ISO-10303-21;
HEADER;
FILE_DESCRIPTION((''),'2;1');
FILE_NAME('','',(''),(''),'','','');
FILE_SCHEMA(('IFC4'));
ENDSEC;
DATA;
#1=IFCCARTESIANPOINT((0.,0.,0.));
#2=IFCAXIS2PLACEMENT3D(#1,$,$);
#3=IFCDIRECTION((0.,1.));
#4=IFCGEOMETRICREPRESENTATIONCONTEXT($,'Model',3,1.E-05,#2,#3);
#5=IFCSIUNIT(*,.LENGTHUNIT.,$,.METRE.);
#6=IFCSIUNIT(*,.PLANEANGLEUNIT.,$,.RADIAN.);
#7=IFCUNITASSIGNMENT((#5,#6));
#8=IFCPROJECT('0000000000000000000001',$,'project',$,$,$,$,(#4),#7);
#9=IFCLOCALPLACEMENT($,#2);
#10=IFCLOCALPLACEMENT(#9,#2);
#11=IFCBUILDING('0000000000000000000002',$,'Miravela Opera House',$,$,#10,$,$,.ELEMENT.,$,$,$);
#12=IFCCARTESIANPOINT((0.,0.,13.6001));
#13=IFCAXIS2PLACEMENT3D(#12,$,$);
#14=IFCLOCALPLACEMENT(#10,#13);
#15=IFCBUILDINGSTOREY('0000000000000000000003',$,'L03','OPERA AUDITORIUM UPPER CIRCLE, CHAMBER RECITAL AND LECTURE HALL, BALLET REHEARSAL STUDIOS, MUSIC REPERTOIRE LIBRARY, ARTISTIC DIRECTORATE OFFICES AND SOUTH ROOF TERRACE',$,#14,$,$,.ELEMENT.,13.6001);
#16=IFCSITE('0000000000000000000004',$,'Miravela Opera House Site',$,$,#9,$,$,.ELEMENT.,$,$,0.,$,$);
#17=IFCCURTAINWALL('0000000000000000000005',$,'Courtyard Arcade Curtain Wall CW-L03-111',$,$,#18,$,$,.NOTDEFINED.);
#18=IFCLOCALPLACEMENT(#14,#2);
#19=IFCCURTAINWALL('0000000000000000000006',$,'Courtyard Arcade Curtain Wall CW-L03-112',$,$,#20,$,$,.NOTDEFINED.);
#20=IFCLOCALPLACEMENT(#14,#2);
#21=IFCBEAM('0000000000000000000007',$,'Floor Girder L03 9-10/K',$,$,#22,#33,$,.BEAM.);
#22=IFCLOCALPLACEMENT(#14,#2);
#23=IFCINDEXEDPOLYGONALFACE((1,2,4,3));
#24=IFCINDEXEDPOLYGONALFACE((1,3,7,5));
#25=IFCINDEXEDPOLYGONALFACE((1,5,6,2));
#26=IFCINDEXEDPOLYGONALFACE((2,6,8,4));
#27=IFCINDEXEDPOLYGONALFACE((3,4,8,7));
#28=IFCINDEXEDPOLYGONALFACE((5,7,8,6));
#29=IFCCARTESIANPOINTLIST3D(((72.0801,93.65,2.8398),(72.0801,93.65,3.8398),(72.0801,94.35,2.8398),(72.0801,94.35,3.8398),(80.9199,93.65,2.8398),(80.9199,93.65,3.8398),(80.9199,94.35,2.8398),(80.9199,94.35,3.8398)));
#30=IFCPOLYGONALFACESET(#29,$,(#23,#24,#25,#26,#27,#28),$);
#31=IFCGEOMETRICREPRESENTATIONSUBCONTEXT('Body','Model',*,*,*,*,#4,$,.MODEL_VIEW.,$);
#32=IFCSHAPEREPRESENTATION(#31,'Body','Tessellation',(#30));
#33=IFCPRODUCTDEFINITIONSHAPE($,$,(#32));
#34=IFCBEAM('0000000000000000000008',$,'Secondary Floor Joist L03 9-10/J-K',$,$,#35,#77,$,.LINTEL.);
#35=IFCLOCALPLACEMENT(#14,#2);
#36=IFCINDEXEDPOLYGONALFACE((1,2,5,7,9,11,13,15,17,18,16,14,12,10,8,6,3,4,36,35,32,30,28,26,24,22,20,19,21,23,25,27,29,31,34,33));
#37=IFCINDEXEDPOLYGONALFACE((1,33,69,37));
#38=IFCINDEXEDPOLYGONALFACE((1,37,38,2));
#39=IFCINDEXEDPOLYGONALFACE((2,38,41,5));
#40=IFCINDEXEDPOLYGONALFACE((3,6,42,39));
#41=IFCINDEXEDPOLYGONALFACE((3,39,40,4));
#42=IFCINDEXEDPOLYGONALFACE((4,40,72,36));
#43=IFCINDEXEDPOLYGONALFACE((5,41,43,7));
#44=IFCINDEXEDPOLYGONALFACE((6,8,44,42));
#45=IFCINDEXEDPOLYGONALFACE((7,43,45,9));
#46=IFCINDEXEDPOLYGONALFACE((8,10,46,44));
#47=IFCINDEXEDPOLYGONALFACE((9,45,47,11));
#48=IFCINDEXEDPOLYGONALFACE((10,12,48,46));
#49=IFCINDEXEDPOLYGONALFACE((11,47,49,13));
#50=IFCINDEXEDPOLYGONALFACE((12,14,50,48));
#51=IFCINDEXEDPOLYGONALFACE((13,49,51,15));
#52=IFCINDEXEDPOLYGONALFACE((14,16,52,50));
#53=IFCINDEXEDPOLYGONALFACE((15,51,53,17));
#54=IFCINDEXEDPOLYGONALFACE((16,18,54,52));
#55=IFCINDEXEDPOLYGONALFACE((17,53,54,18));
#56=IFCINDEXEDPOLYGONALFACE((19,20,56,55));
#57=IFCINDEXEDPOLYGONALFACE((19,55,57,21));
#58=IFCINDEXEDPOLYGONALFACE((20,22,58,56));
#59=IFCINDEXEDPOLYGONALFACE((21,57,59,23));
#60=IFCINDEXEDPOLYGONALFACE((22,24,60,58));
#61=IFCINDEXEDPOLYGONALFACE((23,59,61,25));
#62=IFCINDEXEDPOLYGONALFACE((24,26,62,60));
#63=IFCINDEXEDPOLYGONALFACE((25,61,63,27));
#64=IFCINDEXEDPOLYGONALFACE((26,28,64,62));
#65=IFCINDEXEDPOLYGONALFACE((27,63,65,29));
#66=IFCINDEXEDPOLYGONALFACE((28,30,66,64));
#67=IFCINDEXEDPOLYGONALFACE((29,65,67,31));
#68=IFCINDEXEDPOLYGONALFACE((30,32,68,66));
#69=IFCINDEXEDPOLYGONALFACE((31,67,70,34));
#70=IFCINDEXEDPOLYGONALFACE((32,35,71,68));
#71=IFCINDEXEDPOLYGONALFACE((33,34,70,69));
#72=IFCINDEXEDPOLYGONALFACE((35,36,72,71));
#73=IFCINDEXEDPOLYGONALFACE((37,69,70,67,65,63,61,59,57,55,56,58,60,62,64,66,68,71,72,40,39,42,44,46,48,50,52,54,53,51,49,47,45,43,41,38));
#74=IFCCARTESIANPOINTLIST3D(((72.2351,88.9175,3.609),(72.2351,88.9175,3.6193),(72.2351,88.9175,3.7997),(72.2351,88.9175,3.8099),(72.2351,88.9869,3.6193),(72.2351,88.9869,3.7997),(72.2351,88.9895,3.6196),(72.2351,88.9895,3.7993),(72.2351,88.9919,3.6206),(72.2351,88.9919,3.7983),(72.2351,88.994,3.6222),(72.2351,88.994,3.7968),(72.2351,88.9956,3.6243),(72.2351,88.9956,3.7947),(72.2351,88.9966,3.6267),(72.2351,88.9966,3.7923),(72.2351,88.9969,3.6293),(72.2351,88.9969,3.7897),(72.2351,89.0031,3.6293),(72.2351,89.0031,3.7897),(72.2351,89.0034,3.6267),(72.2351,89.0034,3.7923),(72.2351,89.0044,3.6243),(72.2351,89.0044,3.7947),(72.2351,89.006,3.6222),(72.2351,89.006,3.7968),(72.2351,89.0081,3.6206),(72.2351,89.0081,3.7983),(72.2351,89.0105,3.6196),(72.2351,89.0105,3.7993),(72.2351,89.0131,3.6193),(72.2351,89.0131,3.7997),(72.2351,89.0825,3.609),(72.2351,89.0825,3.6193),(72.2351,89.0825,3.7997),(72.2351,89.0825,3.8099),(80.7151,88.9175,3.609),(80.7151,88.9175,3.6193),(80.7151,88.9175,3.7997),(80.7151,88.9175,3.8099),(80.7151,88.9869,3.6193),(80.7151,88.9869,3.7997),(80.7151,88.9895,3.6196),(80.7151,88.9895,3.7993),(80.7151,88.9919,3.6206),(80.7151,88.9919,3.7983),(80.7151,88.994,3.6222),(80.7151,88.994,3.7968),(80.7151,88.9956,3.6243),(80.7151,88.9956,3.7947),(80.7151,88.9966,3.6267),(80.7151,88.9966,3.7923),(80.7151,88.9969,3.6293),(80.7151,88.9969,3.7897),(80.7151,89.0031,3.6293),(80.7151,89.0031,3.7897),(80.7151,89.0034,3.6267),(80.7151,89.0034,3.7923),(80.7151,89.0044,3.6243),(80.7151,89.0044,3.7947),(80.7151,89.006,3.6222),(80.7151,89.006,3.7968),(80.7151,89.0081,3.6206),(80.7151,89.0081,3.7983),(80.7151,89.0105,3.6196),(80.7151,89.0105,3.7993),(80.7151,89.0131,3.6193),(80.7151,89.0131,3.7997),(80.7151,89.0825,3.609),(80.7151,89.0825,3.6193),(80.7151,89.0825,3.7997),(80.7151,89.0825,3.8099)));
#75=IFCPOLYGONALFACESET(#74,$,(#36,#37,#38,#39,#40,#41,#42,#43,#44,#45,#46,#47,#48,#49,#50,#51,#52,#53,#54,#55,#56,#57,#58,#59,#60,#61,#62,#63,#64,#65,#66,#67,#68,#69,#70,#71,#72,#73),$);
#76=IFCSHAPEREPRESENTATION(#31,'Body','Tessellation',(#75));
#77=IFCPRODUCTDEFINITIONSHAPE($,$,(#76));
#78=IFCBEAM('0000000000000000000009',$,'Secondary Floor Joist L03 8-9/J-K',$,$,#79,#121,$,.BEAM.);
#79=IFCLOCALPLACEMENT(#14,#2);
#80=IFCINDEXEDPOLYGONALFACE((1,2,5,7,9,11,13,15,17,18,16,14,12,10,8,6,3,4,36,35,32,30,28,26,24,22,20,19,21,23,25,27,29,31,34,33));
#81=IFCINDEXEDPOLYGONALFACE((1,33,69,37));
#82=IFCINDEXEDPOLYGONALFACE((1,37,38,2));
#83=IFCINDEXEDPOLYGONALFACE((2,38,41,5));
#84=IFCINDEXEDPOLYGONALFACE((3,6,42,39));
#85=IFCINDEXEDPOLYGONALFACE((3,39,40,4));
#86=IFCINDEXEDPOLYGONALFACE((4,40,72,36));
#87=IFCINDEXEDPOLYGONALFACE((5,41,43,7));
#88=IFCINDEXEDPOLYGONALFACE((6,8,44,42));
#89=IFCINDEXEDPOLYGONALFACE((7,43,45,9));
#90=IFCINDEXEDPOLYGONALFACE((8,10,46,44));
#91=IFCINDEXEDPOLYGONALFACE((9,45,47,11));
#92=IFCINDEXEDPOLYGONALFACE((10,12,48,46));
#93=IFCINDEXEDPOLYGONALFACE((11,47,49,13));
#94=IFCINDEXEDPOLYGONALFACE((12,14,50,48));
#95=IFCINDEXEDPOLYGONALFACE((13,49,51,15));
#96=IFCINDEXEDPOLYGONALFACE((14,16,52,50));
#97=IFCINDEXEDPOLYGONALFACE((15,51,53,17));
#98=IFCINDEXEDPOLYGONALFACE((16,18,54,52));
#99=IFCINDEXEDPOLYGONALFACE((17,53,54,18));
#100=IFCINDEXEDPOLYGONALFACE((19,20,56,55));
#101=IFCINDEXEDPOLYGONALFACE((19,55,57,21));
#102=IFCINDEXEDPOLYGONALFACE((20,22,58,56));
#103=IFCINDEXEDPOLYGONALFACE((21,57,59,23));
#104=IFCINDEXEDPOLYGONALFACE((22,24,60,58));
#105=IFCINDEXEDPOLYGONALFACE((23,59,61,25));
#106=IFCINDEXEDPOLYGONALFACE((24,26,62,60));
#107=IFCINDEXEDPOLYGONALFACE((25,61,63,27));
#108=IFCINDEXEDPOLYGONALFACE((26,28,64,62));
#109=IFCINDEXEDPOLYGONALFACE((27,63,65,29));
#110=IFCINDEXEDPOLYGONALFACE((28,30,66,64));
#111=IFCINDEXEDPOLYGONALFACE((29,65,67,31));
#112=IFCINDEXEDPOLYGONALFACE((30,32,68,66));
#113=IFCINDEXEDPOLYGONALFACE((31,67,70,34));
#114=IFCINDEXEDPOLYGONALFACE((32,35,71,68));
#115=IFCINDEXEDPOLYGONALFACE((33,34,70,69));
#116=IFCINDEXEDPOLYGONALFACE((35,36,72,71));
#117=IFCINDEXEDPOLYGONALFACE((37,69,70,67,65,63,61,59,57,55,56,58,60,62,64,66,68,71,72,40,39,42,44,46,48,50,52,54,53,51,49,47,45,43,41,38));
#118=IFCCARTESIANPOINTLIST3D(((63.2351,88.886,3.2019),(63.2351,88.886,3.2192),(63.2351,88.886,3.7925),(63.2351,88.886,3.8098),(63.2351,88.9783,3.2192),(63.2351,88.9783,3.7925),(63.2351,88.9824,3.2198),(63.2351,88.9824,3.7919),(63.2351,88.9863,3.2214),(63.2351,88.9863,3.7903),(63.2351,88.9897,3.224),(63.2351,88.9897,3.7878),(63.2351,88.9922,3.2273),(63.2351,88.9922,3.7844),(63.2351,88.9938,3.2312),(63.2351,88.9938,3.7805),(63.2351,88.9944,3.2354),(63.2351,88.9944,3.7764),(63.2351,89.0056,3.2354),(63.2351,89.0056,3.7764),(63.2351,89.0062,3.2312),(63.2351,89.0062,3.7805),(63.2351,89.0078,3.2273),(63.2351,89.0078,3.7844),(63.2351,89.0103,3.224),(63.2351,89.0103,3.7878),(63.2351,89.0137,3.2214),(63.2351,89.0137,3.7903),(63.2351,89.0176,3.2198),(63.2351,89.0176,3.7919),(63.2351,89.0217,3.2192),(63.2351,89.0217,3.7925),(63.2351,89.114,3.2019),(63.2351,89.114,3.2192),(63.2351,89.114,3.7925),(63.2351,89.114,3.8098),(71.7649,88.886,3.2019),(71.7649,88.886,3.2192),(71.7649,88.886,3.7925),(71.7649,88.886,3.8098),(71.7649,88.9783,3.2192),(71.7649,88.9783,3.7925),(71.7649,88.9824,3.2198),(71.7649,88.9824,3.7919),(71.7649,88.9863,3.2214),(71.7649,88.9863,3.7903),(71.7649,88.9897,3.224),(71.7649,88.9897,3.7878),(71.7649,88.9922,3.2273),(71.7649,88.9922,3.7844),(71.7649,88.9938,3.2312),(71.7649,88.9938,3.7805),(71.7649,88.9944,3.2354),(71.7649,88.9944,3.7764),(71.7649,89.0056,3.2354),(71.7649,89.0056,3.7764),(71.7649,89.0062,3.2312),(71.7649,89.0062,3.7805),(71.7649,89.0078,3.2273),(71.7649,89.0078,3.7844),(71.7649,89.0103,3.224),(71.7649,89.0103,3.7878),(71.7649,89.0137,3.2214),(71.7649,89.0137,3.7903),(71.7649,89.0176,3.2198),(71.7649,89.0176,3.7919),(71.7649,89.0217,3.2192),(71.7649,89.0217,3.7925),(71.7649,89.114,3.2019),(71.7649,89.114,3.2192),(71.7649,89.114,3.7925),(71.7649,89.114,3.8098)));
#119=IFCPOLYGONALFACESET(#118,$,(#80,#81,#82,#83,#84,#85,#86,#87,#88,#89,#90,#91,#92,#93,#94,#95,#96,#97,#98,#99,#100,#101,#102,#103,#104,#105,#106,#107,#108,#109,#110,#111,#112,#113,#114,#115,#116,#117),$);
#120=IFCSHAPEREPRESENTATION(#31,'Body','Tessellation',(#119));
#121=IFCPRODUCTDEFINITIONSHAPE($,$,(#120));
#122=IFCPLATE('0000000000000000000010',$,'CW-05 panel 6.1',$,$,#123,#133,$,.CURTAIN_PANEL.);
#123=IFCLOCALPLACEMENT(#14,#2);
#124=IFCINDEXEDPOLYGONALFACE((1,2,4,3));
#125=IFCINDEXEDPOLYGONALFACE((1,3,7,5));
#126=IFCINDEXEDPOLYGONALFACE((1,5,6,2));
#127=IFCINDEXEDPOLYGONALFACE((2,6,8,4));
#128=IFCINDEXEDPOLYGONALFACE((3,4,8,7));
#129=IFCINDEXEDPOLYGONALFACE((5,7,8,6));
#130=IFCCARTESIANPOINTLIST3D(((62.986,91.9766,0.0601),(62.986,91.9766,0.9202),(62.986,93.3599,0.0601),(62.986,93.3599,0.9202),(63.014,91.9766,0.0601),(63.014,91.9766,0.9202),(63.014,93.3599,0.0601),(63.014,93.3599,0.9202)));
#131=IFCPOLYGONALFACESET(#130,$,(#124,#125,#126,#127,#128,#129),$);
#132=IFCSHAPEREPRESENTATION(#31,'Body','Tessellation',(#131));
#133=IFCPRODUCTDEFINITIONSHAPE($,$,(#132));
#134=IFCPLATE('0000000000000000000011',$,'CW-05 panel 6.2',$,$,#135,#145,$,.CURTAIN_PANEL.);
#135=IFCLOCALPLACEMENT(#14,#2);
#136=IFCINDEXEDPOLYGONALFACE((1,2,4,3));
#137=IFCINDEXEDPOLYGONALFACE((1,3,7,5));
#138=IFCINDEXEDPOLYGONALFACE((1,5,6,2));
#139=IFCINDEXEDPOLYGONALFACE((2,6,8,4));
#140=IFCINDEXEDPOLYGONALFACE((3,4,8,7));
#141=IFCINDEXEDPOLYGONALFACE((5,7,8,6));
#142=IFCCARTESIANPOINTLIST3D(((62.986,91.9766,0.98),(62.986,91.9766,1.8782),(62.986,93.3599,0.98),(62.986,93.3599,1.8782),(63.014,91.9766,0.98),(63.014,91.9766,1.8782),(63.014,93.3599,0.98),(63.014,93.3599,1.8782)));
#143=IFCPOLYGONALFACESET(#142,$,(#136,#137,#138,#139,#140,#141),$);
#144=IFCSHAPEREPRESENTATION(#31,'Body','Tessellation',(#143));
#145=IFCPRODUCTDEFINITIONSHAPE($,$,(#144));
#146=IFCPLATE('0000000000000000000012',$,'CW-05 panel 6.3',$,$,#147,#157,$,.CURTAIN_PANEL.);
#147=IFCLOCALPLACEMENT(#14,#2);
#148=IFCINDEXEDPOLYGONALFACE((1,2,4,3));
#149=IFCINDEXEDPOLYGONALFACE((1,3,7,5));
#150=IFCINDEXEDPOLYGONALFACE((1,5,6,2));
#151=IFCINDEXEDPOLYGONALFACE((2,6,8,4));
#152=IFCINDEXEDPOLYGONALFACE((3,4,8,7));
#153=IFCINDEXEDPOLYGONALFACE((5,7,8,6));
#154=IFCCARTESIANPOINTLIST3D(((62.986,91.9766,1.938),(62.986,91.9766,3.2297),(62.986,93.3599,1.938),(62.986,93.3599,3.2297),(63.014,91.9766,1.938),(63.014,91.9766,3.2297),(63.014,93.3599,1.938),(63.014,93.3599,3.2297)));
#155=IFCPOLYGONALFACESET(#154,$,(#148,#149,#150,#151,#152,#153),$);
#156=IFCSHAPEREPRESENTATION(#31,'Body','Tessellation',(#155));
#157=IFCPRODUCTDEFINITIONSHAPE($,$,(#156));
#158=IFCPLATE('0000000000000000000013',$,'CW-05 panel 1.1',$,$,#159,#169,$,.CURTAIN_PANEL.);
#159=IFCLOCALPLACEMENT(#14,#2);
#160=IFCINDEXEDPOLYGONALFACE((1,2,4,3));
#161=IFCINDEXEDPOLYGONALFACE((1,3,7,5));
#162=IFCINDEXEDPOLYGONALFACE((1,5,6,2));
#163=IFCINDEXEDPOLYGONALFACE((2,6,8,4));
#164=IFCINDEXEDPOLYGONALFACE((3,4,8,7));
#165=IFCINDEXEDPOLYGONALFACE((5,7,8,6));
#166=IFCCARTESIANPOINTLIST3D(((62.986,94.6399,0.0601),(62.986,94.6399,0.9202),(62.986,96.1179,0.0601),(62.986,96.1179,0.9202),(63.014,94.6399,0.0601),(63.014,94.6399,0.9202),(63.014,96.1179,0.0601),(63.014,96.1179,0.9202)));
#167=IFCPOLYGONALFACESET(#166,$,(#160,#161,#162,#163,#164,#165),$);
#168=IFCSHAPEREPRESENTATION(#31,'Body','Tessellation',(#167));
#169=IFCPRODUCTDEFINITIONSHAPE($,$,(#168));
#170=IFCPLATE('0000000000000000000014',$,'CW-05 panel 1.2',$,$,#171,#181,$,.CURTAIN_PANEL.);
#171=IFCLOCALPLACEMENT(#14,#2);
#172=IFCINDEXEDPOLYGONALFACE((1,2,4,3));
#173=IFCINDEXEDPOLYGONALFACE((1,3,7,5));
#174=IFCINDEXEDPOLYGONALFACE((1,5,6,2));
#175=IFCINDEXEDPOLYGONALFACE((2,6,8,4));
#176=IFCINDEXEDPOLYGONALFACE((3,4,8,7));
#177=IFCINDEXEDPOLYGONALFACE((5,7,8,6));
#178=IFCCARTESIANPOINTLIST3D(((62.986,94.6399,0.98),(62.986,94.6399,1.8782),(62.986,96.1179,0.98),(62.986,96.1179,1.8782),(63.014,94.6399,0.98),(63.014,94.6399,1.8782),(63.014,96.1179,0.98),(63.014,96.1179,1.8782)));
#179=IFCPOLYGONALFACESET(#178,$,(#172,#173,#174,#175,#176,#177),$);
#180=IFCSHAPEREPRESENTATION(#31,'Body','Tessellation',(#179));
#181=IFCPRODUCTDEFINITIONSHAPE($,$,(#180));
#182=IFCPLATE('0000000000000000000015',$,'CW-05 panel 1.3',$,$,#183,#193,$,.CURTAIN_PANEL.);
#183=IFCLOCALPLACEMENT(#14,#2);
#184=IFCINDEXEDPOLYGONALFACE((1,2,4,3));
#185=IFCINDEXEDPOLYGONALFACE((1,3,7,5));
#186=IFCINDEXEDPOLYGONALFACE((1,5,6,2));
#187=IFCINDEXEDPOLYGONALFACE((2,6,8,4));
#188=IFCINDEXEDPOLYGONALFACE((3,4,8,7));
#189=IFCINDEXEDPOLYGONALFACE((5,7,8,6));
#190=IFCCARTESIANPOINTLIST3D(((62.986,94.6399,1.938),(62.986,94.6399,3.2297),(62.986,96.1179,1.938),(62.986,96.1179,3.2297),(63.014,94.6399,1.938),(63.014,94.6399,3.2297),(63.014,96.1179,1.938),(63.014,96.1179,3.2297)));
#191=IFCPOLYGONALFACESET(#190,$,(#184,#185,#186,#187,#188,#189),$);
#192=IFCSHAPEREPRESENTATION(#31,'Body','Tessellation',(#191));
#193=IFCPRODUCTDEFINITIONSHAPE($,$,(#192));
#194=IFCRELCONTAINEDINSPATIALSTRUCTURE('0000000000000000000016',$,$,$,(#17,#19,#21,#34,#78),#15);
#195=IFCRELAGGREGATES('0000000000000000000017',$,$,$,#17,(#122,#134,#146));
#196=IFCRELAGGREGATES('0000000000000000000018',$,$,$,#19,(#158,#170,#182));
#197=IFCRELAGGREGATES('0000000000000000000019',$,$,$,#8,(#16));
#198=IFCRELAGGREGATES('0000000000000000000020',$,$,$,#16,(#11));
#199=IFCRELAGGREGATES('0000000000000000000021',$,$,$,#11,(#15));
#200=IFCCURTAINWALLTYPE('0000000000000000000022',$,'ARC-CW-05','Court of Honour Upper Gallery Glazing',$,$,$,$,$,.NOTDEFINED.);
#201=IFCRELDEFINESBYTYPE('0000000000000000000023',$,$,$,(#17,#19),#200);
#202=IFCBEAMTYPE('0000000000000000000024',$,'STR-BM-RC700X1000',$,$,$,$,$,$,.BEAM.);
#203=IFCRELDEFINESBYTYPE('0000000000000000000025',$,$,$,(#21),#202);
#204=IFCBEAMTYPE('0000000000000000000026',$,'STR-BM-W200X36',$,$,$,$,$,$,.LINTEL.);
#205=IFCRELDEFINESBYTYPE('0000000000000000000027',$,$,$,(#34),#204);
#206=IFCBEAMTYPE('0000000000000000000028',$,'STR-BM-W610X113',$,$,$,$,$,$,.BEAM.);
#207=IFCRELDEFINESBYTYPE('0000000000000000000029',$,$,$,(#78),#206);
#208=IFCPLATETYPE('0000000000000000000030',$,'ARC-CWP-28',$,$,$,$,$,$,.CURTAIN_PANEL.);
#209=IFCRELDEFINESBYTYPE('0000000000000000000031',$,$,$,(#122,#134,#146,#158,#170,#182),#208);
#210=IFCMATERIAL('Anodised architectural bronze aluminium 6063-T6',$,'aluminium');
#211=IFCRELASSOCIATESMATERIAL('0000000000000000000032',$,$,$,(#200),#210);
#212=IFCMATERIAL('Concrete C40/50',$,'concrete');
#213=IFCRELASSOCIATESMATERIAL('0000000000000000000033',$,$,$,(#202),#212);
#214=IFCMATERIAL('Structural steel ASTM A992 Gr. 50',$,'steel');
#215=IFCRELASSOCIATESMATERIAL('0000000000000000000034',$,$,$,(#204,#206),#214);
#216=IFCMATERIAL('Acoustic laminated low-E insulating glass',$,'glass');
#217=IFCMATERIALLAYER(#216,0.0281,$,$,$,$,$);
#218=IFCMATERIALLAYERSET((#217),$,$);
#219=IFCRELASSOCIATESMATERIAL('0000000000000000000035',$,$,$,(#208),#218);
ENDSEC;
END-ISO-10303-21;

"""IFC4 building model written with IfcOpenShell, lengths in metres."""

from ifc_helpers import new_model, si_unit, direction, frame, origin, origin_2d, place, context, subcontext, project, spatial, rectangle, i_section, extrude, material, layer, layer_set, material_profile, profile_set, type_object, element, aggregate, save


model = new_model("IFC4")

# Units and contexts
model_context = context("Model", 3, precision=1e-05, world=origin(), true_north=direction((0.0, 1.0)))
body_context = subcontext(model_context, "Body", "Model", "MODEL_VIEW")
ifc_project = project(units=[si_unit("LENGTHUNIT", "METRE"), si_unit("PLANEANGLEUNIT", "RADIAN")], contexts=[model_context])

# Site, building, storey
site_placement = place(None, origin())
site = spatial("IfcSite", under=ifc_project, at=site_placement, Name="Miravela Opera House Site", CompositionType="ELEMENT", RefElevation=0.0)
building_placement = place(site_placement, origin())
building = spatial("IfcBuilding", under=site, at=building_placement, Name="Miravela Opera House", CompositionType="ELEMENT")
storey_placement = place(building_placement, frame((0.0, 0.0, 13.6001)))
storey = spatial("IfcBuildingStorey", under=building, at=storey_placement, Name="L03", Description="OPERA AUDITORIUM UPPER CIRCLE, CHAMBER RECITAL AND LECTURE HALL, BALLET REHEARSAL STUDIOS, MUSIC REPERTOIRE LIBRARY, ARTISTIC DIRECTORATE OFFICES AND SOUTH ROOF TERRACE", CompositionType="ELEMENT", Elevation=13.6001)

# Curtain wall
ifc_material_1 = material(Name="Anodised architectural bronze aluminium 6063-T6", Category="aluminium")
curtain_wall_type = type_object("IfcCurtainWallType", Name="ARC-CW-05", Description="Court of Honour Upper Gallery Glazing", PredefinedType="NOTDEFINED", material=ifc_material_1)
curtain_wall_1_placement = place(storey_placement, origin())
curtain_wall_1 = element("IfcCurtainWall", 1, at=curtain_wall_1_placement, inside=storey, type_object=curtain_wall_type, Name="Courtyard Arcade Curtain Wall CW-L03-111", PredefinedType="NOTDEFINED")

# Curtain wall
curtain_wall_2_placement = place(storey_placement, origin())
curtain_wall_2 = element("IfcCurtainWall", 2, at=curtain_wall_2_placement, inside=storey, type_object=curtain_wall_type, Name="Courtyard Arcade Curtain Wall CW-L03-112", PredefinedType="NOTDEFINED")

# Beams
ifc_material_2 = material(Name="Concrete C40/50", Category="concrete")
ifc_material_profile_1 = material_profile(ifc_material_2, rectangle(XDim=0.7, YDim=1.0, at=origin_2d()), Name="RC-BM-700X1000")
ifc_profile_set_1 = profile_set([ifc_material_profile_1])
beam_type_1 = type_object("IfcBeamType", Name="STR-BM-RC700X1000", PredefinedType="BEAM", material=ifc_profile_set_1)
beam_1_placement = place(storey_placement, frame((72.0801, 94.0, 3.3398), z_axis=(1.0, 0.0, 0.0), x_axis=(0.0, 1.0, 0.0)))
element("IfcBeam", 3, at=beam_1_placement, inside=storey, type_object=beam_type_1, Name="Floor Girder L03 9-10/K", PredefinedType="BEAM", context=body_context, shape_type="SweptSolid", body=[
    extrude(rectangle(XDim=0.7, YDim=1.0, at=origin_2d()), origin(), (0.0, 0.0, 1.0), 8.8398),
])
ifc_material_3 = material(Name="Structural steel ASTM A992 Gr. 50", Category="steel")
ifc_material_profile_2 = material_profile(ifc_material_3, i_section(OverallWidth=0.165, OverallDepth=0.2009, WebThickness=0.0061, FlangeThickness=0.0103, FilletRadius=0.01, at=origin_2d()), Name="W200X36")
ifc_profile_set_2 = profile_set([ifc_material_profile_2])
beam_type_2 = type_object("IfcBeamType", Name="STR-BM-W200X36", PredefinedType="LINTEL", material=ifc_profile_set_2)
beam_2_placement = place(storey_placement, frame((72.2351, 89.0, 3.7095), z_axis=(1.0, 0.0, 0.0), x_axis=(0.0, 1.0, 0.0)))
element("IfcBeam", 4, at=beam_2_placement, inside=storey, type_object=beam_type_2, Name="Secondary Floor Joist L03 9-10/J-K", PredefinedType="LINTEL", context=body_context, shape_type="SweptSolid", body=[
    extrude(i_section(OverallWidth=0.165, OverallDepth=0.2009, WebThickness=0.0061, FlangeThickness=0.0103, FilletRadius=0.01, at=origin_2d()), origin(), (0.0, 0.0, 1.0), 8.48),
])
ifc_material_profile_3 = material_profile(ifc_material_3, i_section(OverallWidth=0.228, OverallDepth=0.6079, WebThickness=0.0112, FlangeThickness=0.0173, FilletRadius=0.0161, at=origin_2d()), Name="W610X113")
ifc_profile_set_3 = profile_set([ifc_material_profile_3])
beam_type_3 = type_object("IfcBeamType", Name="STR-BM-W610X113", PredefinedType="BEAM", material=ifc_profile_set_3)
beam_3_placement = place(storey_placement, frame((63.2351, 89.0, 3.5059), z_axis=(1.0, 0.0, 0.0), x_axis=(0.0, 1.0, 0.0)))
element("IfcBeam", 5, at=beam_3_placement, inside=storey, type_object=beam_type_3, Name="Secondary Floor Joist L03 8-9/J-K", PredefinedType="BEAM", context=body_context, shape_type="SweptSolid", body=[
    extrude(i_section(OverallWidth=0.228, OverallDepth=0.6079, WebThickness=0.0112, FlangeThickness=0.0173, FilletRadius=0.0161, at=origin_2d()), origin(), (0.0, 0.0, 1.0), 8.5298),
])

# Plates
ifc_material_4 = material(Name="Acoustic laminated low-E insulating glass", Category="glass")
ifc_layer = layer(ifc_material_4, 0.0281)
ifc_layer_set = layer_set([ifc_layer])
plate_type = type_object("IfcPlateType", Name="ARC-CWP-28", PredefinedType="CURTAIN_PANEL", material=ifc_layer_set)
plate_1_placement = place(storey_placement, frame((63.0, 92.6682, 0.0601), z_axis=(0.0, 0.0, 1.0), x_axis=(0.0, 1.0, 0.0)))
plate_1 = element("IfcPlate", 6, at=plate_1_placement, type_object=plate_type, Name="CW-05 panel 6.1", PredefinedType="CURTAIN_PANEL", context=body_context, shape_type="SweptSolid", body=[
    extrude(rectangle(XDim=1.3833, YDim=0.0281, at=origin_2d()), origin(), (0.0, 0.0, 1.0), 0.8601),
])
plate_2_placement = place(storey_placement, frame((63.0, 92.6682, 0.98), z_axis=(0.0, 0.0, 1.0), x_axis=(0.0, 1.0, 0.0)))
plate_2 = element("IfcPlate", 7, at=plate_2_placement, type_object=plate_type, Name="CW-05 panel 6.2", PredefinedType="CURTAIN_PANEL", context=body_context, shape_type="SweptSolid", body=[
    extrude(rectangle(XDim=1.3833, YDim=0.0281, at=origin_2d()), origin(), (0.0, 0.0, 1.0), 0.8982),
])
plate_3_placement = place(storey_placement, frame((63.0, 92.6682, 1.938), z_axis=(0.0, 0.0, 1.0), x_axis=(0.0, 1.0, 0.0)))
plate_3 = element("IfcPlate", 8, at=plate_3_placement, type_object=plate_type, Name="CW-05 panel 6.3", PredefinedType="CURTAIN_PANEL", context=body_context, shape_type="SweptSolid", body=[
    extrude(rectangle(XDim=1.3833, YDim=0.0281, at=origin_2d()), origin(), (0.0, 0.0, 1.0), 1.2917),
])
aggregate(curtain_wall_1, [plate_1, plate_2, plate_3])
plate_4_placement = place(storey_placement, frame((63.0, 95.3789, 0.0601), z_axis=(0.0, 0.0, 1.0), x_axis=(0.0, 1.0, 0.0)))
plate_4 = element("IfcPlate", 9, at=plate_4_placement, type_object=plate_type, Name="CW-05 panel 1.1", PredefinedType="CURTAIN_PANEL", context=body_context, shape_type="SweptSolid", body=[
    extrude(rectangle(XDim=1.478, YDim=0.0281, at=origin_2d()), origin(), (0.0, 0.0, 1.0), 0.8601),
])
plate_5_placement = place(storey_placement, frame((63.0, 95.3789, 0.98), z_axis=(0.0, 0.0, 1.0), x_axis=(0.0, 1.0, 0.0)))
plate_5 = element("IfcPlate", 10, at=plate_5_placement, type_object=plate_type, Name="CW-05 panel 1.2", PredefinedType="CURTAIN_PANEL", context=body_context, shape_type="SweptSolid", body=[
    extrude(rectangle(XDim=1.478, YDim=0.0281, at=origin_2d()), origin(), (0.0, 0.0, 1.0), 0.8982),
])
plate_6_placement = place(storey_placement, frame((63.0, 95.3789, 1.938), z_axis=(0.0, 0.0, 1.0), x_axis=(0.0, 1.0, 0.0)))
plate_6 = element("IfcPlate", 11, at=plate_6_placement, type_object=plate_type, Name="CW-05 panel 1.3", PredefinedType="CURTAIN_PANEL", context=body_context, shape_type="SweptSolid", body=[
    extrude(rectangle(XDim=1.478, YDim=0.0281, at=origin_2d()), origin(), (0.0, 0.0, 1.0), 1.2917),
])
aggregate(curtain_wall_2, [plate_4, plate_5, plate_6])

save(model, "model.ifc")
